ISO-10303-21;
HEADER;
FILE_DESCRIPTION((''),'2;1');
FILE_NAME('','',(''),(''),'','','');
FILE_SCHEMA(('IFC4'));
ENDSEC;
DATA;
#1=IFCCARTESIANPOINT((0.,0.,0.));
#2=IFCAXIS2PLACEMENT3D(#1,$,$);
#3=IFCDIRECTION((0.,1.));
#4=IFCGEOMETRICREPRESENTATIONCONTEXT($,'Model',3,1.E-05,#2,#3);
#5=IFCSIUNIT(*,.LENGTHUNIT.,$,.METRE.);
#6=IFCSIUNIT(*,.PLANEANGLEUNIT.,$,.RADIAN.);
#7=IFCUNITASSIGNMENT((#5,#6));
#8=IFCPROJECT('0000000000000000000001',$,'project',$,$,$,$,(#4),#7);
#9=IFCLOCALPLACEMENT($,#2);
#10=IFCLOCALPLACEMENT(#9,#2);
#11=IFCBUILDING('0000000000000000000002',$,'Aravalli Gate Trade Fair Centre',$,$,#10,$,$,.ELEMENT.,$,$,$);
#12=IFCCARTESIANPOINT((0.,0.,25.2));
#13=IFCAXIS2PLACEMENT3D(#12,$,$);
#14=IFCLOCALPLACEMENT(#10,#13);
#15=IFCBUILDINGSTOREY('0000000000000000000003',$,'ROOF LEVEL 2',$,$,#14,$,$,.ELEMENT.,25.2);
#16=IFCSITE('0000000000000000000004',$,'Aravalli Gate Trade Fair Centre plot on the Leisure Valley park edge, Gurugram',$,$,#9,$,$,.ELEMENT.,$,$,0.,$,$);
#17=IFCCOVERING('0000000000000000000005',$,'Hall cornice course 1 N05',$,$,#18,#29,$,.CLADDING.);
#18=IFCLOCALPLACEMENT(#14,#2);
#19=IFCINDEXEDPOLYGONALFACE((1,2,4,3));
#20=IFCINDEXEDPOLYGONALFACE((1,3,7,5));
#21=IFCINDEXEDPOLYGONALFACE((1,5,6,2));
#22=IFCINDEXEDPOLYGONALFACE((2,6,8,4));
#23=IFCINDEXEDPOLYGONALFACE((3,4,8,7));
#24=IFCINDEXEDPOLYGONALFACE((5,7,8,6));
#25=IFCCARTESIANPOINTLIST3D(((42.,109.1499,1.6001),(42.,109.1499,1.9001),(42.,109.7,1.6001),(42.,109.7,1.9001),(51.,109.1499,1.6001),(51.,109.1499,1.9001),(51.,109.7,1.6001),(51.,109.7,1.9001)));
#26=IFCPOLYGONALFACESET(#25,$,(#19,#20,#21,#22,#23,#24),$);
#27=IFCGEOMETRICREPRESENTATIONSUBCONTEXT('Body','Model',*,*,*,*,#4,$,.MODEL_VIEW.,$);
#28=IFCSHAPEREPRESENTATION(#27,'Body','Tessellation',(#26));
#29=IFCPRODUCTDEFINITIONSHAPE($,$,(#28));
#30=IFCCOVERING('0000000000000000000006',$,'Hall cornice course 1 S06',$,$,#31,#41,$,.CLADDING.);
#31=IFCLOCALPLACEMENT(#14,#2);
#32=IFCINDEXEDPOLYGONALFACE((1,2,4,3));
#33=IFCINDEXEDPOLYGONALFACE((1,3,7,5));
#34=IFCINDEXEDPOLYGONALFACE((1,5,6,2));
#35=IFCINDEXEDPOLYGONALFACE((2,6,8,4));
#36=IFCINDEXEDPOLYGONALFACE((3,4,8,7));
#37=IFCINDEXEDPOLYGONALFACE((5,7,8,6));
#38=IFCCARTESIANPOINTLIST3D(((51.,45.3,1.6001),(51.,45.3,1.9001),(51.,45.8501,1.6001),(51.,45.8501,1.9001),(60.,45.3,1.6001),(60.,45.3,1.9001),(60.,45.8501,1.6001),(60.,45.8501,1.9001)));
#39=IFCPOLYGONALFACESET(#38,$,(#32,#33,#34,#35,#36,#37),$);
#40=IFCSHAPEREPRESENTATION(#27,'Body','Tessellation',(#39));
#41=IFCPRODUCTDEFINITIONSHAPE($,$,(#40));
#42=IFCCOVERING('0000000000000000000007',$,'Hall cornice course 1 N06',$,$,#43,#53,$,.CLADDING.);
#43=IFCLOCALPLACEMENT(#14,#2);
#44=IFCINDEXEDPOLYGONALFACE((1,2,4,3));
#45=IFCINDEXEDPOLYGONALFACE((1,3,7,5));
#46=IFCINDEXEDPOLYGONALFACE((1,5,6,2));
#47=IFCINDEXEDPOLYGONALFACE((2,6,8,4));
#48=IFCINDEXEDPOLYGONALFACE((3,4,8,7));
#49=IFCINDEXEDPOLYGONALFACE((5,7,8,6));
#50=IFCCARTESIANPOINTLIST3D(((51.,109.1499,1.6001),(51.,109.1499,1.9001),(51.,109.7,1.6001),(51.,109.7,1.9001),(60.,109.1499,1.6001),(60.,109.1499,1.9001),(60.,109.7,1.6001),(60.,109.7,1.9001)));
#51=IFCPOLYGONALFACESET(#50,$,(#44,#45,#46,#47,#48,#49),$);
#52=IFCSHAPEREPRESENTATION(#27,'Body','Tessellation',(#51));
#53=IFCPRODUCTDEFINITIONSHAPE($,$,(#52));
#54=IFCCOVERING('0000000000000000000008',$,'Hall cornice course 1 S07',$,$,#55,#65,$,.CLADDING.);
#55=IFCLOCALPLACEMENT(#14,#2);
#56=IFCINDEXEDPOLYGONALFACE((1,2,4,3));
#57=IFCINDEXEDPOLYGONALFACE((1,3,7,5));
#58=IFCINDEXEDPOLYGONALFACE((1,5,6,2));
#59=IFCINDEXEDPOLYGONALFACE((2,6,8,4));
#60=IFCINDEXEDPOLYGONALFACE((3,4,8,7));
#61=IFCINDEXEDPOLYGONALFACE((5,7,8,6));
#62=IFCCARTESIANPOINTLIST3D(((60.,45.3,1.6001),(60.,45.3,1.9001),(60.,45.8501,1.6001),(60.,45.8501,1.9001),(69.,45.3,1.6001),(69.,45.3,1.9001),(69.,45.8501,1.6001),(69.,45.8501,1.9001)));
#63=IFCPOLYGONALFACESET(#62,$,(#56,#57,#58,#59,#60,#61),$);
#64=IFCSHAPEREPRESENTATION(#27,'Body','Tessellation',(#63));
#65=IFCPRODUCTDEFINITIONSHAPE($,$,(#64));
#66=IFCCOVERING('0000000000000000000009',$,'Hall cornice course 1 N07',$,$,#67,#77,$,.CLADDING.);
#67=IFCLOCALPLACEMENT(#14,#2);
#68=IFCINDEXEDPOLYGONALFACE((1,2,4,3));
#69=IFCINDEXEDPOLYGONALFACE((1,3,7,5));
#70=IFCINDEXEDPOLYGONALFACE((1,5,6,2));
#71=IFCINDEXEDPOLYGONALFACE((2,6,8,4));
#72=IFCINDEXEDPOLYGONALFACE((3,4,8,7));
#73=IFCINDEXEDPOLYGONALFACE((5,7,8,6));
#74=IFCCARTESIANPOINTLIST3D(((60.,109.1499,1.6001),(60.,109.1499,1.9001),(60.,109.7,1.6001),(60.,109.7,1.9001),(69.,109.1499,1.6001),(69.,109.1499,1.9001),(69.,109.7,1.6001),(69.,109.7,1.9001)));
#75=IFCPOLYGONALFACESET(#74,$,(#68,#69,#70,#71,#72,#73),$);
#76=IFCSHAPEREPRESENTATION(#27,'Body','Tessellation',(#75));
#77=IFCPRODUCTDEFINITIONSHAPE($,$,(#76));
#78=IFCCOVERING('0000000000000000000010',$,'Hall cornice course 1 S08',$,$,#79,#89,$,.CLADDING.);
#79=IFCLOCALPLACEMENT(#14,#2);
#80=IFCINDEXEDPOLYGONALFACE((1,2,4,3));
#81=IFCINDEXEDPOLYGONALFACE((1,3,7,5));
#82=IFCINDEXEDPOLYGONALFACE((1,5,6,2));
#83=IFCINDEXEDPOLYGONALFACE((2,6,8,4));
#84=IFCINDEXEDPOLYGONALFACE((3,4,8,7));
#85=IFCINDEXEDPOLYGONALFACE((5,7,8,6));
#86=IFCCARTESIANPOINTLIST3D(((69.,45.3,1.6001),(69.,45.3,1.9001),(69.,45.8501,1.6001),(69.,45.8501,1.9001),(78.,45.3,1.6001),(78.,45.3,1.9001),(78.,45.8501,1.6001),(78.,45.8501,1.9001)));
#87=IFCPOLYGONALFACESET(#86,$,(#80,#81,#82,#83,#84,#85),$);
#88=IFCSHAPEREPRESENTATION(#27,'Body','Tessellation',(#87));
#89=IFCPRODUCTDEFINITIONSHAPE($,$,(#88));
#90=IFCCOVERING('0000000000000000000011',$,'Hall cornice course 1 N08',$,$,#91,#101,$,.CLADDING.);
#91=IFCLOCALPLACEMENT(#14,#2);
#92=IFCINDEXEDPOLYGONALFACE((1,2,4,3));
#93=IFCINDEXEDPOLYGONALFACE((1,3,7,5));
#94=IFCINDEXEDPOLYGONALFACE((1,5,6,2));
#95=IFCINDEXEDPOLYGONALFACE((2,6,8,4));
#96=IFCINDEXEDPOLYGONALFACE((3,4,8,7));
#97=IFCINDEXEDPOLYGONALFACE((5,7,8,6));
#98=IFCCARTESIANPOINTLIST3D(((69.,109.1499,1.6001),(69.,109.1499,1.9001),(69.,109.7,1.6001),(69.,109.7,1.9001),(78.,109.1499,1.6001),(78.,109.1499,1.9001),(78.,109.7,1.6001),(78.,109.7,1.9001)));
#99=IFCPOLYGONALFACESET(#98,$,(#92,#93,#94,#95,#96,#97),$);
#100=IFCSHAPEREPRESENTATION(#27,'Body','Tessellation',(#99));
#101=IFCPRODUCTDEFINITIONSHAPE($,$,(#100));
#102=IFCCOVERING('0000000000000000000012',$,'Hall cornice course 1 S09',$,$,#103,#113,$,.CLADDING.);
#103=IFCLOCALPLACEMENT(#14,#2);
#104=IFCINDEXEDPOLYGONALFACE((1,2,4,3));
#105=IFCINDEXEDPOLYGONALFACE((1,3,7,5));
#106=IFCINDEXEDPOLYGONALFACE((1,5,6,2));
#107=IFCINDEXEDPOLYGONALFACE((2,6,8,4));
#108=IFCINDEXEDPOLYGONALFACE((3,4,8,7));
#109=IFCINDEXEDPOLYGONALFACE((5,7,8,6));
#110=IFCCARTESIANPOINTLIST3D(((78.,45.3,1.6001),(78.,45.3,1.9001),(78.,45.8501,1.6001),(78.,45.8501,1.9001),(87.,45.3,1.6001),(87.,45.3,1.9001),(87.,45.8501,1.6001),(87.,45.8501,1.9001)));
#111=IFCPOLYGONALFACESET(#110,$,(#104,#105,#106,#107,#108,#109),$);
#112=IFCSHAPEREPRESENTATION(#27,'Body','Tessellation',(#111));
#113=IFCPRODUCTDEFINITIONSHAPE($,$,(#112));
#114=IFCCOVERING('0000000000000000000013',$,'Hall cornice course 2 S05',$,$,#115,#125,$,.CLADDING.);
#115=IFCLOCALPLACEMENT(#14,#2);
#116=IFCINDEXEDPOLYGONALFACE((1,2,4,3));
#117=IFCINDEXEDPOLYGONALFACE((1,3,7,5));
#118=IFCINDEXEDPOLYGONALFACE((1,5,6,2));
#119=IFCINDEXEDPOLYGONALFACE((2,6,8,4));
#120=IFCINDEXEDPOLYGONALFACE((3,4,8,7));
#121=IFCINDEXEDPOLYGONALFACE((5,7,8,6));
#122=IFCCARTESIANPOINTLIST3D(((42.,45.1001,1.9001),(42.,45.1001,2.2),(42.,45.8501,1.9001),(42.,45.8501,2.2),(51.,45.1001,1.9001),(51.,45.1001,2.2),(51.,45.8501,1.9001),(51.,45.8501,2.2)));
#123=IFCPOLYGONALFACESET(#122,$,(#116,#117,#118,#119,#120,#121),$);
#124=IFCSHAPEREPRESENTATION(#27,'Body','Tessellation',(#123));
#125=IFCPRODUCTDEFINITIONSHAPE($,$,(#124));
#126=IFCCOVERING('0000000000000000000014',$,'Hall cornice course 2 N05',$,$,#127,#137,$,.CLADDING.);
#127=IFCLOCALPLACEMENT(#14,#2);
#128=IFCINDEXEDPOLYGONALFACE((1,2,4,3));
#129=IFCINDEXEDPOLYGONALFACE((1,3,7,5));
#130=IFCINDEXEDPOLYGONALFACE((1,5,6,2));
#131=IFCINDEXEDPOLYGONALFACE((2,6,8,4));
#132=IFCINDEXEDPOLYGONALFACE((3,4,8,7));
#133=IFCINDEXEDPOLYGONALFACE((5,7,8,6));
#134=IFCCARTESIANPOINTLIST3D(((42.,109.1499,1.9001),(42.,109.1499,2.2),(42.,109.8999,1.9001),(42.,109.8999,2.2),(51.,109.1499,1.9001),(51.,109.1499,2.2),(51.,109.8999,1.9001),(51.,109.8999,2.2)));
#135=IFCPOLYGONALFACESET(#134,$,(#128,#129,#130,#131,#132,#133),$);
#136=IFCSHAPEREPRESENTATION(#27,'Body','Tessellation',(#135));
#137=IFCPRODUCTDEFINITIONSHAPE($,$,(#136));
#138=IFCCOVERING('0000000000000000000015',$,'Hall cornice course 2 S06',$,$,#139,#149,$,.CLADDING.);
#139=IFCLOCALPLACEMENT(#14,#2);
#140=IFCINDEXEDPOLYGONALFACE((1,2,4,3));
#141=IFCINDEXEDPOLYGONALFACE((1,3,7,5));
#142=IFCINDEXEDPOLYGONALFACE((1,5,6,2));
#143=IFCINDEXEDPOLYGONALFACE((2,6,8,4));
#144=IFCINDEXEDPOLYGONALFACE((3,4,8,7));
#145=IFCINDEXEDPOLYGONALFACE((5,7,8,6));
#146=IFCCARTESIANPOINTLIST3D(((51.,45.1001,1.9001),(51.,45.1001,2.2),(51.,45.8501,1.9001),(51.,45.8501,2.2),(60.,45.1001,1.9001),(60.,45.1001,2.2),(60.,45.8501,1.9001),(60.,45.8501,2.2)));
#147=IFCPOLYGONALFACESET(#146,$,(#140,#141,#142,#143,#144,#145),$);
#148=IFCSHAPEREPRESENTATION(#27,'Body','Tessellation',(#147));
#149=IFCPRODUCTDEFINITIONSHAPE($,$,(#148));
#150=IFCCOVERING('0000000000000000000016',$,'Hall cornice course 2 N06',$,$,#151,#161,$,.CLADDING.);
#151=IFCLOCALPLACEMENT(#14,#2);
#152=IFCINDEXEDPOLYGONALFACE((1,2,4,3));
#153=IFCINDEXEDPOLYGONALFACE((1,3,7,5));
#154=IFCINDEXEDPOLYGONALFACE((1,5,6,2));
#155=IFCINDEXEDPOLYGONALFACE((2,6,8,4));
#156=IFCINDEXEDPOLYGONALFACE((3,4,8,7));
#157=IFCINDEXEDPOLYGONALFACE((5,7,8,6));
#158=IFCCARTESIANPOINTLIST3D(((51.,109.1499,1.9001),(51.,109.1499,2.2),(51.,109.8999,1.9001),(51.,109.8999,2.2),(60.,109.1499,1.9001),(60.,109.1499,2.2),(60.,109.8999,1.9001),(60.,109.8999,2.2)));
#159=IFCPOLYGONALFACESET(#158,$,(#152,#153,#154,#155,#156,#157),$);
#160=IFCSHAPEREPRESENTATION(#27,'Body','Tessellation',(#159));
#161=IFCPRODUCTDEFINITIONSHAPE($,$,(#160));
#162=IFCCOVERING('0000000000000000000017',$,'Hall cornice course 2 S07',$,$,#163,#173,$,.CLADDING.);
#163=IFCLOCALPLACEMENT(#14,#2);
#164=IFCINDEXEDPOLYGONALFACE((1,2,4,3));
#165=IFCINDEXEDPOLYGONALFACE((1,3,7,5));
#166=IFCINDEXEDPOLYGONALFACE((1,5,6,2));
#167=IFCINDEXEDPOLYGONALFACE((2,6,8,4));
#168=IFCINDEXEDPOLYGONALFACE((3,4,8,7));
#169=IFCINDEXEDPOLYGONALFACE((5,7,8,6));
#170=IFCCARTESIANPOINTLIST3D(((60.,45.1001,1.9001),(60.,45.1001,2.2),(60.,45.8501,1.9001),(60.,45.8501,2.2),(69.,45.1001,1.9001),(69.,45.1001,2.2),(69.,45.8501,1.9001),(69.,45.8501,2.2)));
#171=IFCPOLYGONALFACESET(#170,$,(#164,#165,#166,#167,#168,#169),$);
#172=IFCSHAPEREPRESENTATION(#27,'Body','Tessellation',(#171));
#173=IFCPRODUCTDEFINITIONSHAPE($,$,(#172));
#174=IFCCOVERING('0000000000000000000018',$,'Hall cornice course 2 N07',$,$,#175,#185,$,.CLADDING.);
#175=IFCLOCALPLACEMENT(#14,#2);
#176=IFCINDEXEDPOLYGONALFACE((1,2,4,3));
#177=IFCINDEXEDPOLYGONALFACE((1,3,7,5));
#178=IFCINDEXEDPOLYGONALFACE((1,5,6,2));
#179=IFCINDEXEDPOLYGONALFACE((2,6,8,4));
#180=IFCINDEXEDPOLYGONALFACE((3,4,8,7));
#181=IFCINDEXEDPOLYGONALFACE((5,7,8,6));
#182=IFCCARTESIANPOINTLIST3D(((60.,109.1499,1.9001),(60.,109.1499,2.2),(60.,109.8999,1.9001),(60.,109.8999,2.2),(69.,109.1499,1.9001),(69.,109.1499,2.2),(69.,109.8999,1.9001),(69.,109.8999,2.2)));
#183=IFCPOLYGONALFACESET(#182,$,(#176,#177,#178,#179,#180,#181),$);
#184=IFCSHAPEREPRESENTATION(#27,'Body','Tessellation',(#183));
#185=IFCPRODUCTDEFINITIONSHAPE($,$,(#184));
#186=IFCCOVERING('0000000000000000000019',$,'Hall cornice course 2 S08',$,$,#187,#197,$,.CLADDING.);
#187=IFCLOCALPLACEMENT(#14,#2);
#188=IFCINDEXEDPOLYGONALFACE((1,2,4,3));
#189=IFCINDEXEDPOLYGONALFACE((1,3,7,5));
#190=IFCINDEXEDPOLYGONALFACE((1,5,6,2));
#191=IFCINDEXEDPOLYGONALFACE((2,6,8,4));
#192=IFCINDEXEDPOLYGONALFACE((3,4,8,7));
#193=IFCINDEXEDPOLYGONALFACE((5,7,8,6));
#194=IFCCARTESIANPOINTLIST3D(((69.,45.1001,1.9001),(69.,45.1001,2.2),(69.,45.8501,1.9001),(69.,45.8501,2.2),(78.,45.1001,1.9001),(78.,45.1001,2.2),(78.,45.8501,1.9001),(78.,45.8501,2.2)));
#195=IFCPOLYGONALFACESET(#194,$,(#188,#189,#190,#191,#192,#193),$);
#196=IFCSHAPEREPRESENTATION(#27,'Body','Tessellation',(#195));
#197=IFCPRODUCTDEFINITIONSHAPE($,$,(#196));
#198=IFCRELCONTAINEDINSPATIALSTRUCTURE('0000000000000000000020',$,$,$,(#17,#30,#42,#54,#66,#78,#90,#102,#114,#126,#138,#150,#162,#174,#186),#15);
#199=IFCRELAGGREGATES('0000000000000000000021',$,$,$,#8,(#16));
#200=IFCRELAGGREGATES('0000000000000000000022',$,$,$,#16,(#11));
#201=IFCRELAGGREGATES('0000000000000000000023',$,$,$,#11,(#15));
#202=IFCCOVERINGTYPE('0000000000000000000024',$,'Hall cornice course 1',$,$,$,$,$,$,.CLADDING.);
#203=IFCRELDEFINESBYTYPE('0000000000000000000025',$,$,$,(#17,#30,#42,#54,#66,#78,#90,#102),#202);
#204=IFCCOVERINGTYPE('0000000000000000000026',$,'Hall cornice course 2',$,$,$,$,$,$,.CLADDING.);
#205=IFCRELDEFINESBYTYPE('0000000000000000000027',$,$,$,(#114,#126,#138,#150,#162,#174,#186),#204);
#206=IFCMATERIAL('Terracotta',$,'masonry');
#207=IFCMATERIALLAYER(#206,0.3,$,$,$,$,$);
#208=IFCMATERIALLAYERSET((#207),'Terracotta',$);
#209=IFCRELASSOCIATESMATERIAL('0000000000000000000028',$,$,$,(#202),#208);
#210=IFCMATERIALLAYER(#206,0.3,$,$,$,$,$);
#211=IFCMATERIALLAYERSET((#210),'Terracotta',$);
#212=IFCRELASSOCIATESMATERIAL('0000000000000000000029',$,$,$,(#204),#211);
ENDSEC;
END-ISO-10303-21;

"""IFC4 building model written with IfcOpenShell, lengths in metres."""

from ifc_helpers import new_model, si_unit, direction, frame, origin, place, context, subcontext, project, spatial, polyline, outline, extrude, material, layer, layer_set, type_object, element, save


model = new_model("IFC4")

# Units and contexts
model_context = context("Model", 3, precision=1e-05, world=origin(), true_north=direction((0.0, 1.0)))
body_context = subcontext(model_context, "Body", "Model", "MODEL_VIEW")
ifc_project = project(units=[si_unit("LENGTHUNIT", "METRE"), si_unit("PLANEANGLEUNIT", "RADIAN")], contexts=[model_context])

# Site, building, storey
site_placement = place(None, origin())
site = spatial("IfcSite", under=ifc_project, at=site_placement, Name="Aravalli Gate Trade Fair Centre plot on the Leisure Valley park edge, Gurugram", CompositionType="ELEMENT", RefElevation=0.0)
building_placement = place(site_placement, origin())
building = spatial("IfcBuilding", under=site, at=building_placement, Name="Aravalli Gate Trade Fair Centre", CompositionType="ELEMENT")
storey_placement = place(building_placement, frame((0.0, 0.0, 25.2)))
storey = spatial("IfcBuildingStorey", under=building, at=storey_placement, Name="ROOF LEVEL 2", CompositionType="ELEMENT", Elevation=25.2)

# Coverings
ifc_material = material(Name="Terracotta", Category="masonry")
ifc_layer_1 = layer(ifc_material, 0.3)
ifc_layer_set_1 = layer_set([ifc_layer_1], Name="Terracotta")
covering_type_1 = type_object("IfcCoveringType", Name="Hall cornice course 1", PredefinedType="CLADDING", material=ifc_layer_set_1)
covering_1_placement = place(storey_placement, frame((0.0, 0.0, 1.6001)))
element("IfcCovering", 1, at=covering_1_placement, inside=storey, type_object=covering_type_1, Name="Hall cornice course 1 N05", PredefinedType="CLADDING", context=body_context, shape_type="SweptSolid", body=[
    extrude(outline(polyline([(42.0, 109.1499), (51.0, 109.1499), (51.0, 109.7), (42.0, 109.7), (42.0, 109.1499)])), origin(), (0.0, 0.0, 1.0), 0.3),
])
covering_2_placement = place(storey_placement, frame((0.0, 0.0, 1.6001)))
element("IfcCovering", 2, at=covering_2_placement, inside=storey, type_object=covering_type_1, Name="Hall cornice course 1 S06", PredefinedType="CLADDING", context=body_context, shape_type="SweptSolid", body=[
    extrude(outline(polyline([(51.0, 45.3), (60.0, 45.3), (60.0, 45.8501), (51.0, 45.8501), (51.0, 45.3)])), origin(), (0.0, 0.0, 1.0), 0.3),
])
covering_3_placement = place(storey_placement, frame((0.0, 0.0, 1.6001)))
element("IfcCovering", 3, at=covering_3_placement, inside=storey, type_object=covering_type_1, Name="Hall cornice course 1 N06", PredefinedType="CLADDING", context=body_context, shape_type="SweptSolid", body=[
    extrude(outline(polyline([(51.0, 109.1499), (60.0, 109.1499), (60.0, 109.7), (51.0, 109.7), (51.0, 109.1499)])), origin(), (0.0, 0.0, 1.0), 0.3),
])
covering_4_placement = place(storey_placement, frame((0.0, 0.0, 1.6001)))
element("IfcCovering", 4, at=covering_4_placement, inside=storey, type_object=covering_type_1, Name="Hall cornice course 1 S07", PredefinedType="CLADDING", context=body_context, shape_type="SweptSolid", body=[
    extrude(outline(polyline([(60.0, 45.3), (69.0, 45.3), (69.0, 45.8501), (60.0, 45.8501), (60.0, 45.3)])), origin(), (0.0, 0.0, 1.0), 0.3),
])
covering_5_placement = place(storey_placement, frame((0.0, 0.0, 1.6001)))
element("IfcCovering", 5, at=covering_5_placement, inside=storey, type_object=covering_type_1, Name="Hall cornice course 1 N07", PredefinedType="CLADDING", context=body_context, shape_type="SweptSolid", body=[
    extrude(outline(polyline([(60.0, 109.1499), (69.0, 109.1499), (69.0, 109.7), (60.0, 109.7), (60.0, 109.1499)])), origin(), (0.0, 0.0, 1.0), 0.3),
])
covering_6_placement = place(storey_placement, frame((0.0, 0.0, 1.6001)))
element("IfcCovering", 6, at=covering_6_placement, inside=storey, type_object=covering_type_1, Name="Hall cornice course 1 S08", PredefinedType="CLADDING", context=body_context, shape_type="SweptSolid", body=[
    extrude(outline(polyline([(69.0, 45.3), (78.0, 45.3), (78.0, 45.8501), (69.0, 45.8501), (69.0, 45.3)])), origin(), (0.0, 0.0, 1.0), 0.3),
])
covering_7_placement = place(storey_placement, frame((0.0, 0.0, 1.6001)))
element("IfcCovering", 7, at=covering_7_placement, inside=storey, type_object=covering_type_1, Name="Hall cornice course 1 N08", PredefinedType="CLADDING", context=body_context, shape_type="SweptSolid", body=[
    extrude(outline(polyline([(69.0, 109.1499), (78.0, 109.1499), (78.0, 109.7), (69.0, 109.7), (69.0, 109.1499)])), origin(), (0.0, 0.0, 1.0), 0.3),
])
covering_8_placement = place(storey_placement, frame((0.0, 0.0, 1.6001)))
element("IfcCovering", 8, at=covering_8_placement, inside=storey, type_object=covering_type_1, Name="Hall cornice course 1 S09", PredefinedType="CLADDING", context=body_context, shape_type="SweptSolid", body=[
    extrude(outline(polyline([(78.0, 45.3), (87.0, 45.3), (87.0, 45.8501), (78.0, 45.8501), (78.0, 45.3)])), origin(), (0.0, 0.0, 1.0), 0.3),
])
ifc_layer_2 = layer(ifc_material, 0.3)
ifc_layer_set_2 = layer_set([ifc_layer_2], Name="Terracotta")
covering_type_2 = type_object("IfcCoveringType", Name="Hall cornice course 2", PredefinedType="CLADDING", material=ifc_layer_set_2)
covering_9_placement = place(storey_placement, frame((0.0, 0.0, 1.9001)))
element("IfcCovering", 9, at=covering_9_placement, inside=storey, type_object=covering_type_2, Name="Hall cornice course 2 S05", PredefinedType="CLADDING", context=body_context, shape_type="SweptSolid", body=[
    extrude(outline(polyline([(42.0, 45.1001), (51.0, 45.1001), (51.0, 45.8501), (42.0, 45.8501), (42.0, 45.1001)])), origin(), (0.0, 0.0, 1.0), 0.2998),
])
covering_10_placement = place(storey_placement, frame((0.0, 0.0, 1.9001)))
element("IfcCovering", 10, at=covering_10_placement, inside=storey, type_object=covering_type_2, Name="Hall cornice course 2 N05", PredefinedType="CLADDING", context=body_context, shape_type="SweptSolid", body=[
    extrude(outline(polyline([(42.0, 109.1499), (51.0, 109.1499), (51.0, 109.8999), (42.0, 109.8999), (42.0, 109.1499)])), origin(), (0.0, 0.0, 1.0), 0.2998),
])
covering_11_placement = place(storey_placement, frame((0.0, 0.0, 1.9001)))
element("IfcCovering", 11, at=covering_11_placement, inside=storey, type_object=covering_type_2, Name="Hall cornice course 2 S06", PredefinedType="CLADDING", context=body_context, shape_type="SweptSolid", body=[
    extrude(outline(polyline([(51.0, 45.1001), (60.0, 45.1001), (60.0, 45.8501), (51.0, 45.8501), (51.0, 45.1001)])), origin(), (0.0, 0.0, 1.0), 0.2998),
])
covering_12_placement = place(storey_placement, frame((0.0, 0.0, 1.9001)))
element("IfcCovering", 12, at=covering_12_placement, inside=storey, type_object=covering_type_2, Name="Hall cornice course 2 N06", PredefinedType="CLADDING", context=body_context, shape_type="SweptSolid", body=[
    extrude(outline(polyline([(51.0, 109.1499), (60.0, 109.1499), (60.0, 109.8999), (51.0, 109.8999), (51.0, 109.1499)])), origin(), (0.0, 0.0, 1.0), 0.2998),
])
covering_13_placement = place(storey_placement, frame((0.0, 0.0, 1.9001)))
element("IfcCovering", 13, at=covering_13_placement, inside=storey, type_object=covering_type_2, Name="Hall cornice course 2 S07", PredefinedType="CLADDING", context=body_context, shape_type="SweptSolid", body=[
    extrude(outline(polyline([(60.0, 45.1001), (69.0, 45.1001), (69.0, 45.8501), (60.0, 45.8501), (60.0, 45.1001)])), origin(), (0.0, 0.0, 1.0), 0.2998),
])
covering_14_placement = place(storey_placement, frame((0.0, 0.0, 1.9001)))
element("IfcCovering", 14, at=covering_14_placement, inside=storey, type_object=covering_type_2, Name="Hall cornice course 2 N07", PredefinedType="CLADDING", context=body_context, shape_type="SweptSolid", body=[
    extrude(outline(polyline([(60.0, 109.1499), (69.0, 109.1499), (69.0, 109.8999), (60.0, 109.8999), (60.0, 109.1499)])), origin(), (0.0, 0.0, 1.0), 0.2998),
])
covering_15_placement = place(storey_placement, frame((0.0, 0.0, 1.9001)))
element("IfcCovering", 15, at=covering_15_placement, inside=storey, type_object=covering_type_2, Name="Hall cornice course 2 S08", PredefinedType="CLADDING", context=body_context, shape_type="SweptSolid", body=[
    extrude(outline(polyline([(69.0, 45.1001), (78.0, 45.1001), (78.0, 45.8501), (69.0, 45.8501), (69.0, 45.1001)])), origin(), (0.0, 0.0, 1.0), 0.2998),
])

save(model, "model.ifc")
